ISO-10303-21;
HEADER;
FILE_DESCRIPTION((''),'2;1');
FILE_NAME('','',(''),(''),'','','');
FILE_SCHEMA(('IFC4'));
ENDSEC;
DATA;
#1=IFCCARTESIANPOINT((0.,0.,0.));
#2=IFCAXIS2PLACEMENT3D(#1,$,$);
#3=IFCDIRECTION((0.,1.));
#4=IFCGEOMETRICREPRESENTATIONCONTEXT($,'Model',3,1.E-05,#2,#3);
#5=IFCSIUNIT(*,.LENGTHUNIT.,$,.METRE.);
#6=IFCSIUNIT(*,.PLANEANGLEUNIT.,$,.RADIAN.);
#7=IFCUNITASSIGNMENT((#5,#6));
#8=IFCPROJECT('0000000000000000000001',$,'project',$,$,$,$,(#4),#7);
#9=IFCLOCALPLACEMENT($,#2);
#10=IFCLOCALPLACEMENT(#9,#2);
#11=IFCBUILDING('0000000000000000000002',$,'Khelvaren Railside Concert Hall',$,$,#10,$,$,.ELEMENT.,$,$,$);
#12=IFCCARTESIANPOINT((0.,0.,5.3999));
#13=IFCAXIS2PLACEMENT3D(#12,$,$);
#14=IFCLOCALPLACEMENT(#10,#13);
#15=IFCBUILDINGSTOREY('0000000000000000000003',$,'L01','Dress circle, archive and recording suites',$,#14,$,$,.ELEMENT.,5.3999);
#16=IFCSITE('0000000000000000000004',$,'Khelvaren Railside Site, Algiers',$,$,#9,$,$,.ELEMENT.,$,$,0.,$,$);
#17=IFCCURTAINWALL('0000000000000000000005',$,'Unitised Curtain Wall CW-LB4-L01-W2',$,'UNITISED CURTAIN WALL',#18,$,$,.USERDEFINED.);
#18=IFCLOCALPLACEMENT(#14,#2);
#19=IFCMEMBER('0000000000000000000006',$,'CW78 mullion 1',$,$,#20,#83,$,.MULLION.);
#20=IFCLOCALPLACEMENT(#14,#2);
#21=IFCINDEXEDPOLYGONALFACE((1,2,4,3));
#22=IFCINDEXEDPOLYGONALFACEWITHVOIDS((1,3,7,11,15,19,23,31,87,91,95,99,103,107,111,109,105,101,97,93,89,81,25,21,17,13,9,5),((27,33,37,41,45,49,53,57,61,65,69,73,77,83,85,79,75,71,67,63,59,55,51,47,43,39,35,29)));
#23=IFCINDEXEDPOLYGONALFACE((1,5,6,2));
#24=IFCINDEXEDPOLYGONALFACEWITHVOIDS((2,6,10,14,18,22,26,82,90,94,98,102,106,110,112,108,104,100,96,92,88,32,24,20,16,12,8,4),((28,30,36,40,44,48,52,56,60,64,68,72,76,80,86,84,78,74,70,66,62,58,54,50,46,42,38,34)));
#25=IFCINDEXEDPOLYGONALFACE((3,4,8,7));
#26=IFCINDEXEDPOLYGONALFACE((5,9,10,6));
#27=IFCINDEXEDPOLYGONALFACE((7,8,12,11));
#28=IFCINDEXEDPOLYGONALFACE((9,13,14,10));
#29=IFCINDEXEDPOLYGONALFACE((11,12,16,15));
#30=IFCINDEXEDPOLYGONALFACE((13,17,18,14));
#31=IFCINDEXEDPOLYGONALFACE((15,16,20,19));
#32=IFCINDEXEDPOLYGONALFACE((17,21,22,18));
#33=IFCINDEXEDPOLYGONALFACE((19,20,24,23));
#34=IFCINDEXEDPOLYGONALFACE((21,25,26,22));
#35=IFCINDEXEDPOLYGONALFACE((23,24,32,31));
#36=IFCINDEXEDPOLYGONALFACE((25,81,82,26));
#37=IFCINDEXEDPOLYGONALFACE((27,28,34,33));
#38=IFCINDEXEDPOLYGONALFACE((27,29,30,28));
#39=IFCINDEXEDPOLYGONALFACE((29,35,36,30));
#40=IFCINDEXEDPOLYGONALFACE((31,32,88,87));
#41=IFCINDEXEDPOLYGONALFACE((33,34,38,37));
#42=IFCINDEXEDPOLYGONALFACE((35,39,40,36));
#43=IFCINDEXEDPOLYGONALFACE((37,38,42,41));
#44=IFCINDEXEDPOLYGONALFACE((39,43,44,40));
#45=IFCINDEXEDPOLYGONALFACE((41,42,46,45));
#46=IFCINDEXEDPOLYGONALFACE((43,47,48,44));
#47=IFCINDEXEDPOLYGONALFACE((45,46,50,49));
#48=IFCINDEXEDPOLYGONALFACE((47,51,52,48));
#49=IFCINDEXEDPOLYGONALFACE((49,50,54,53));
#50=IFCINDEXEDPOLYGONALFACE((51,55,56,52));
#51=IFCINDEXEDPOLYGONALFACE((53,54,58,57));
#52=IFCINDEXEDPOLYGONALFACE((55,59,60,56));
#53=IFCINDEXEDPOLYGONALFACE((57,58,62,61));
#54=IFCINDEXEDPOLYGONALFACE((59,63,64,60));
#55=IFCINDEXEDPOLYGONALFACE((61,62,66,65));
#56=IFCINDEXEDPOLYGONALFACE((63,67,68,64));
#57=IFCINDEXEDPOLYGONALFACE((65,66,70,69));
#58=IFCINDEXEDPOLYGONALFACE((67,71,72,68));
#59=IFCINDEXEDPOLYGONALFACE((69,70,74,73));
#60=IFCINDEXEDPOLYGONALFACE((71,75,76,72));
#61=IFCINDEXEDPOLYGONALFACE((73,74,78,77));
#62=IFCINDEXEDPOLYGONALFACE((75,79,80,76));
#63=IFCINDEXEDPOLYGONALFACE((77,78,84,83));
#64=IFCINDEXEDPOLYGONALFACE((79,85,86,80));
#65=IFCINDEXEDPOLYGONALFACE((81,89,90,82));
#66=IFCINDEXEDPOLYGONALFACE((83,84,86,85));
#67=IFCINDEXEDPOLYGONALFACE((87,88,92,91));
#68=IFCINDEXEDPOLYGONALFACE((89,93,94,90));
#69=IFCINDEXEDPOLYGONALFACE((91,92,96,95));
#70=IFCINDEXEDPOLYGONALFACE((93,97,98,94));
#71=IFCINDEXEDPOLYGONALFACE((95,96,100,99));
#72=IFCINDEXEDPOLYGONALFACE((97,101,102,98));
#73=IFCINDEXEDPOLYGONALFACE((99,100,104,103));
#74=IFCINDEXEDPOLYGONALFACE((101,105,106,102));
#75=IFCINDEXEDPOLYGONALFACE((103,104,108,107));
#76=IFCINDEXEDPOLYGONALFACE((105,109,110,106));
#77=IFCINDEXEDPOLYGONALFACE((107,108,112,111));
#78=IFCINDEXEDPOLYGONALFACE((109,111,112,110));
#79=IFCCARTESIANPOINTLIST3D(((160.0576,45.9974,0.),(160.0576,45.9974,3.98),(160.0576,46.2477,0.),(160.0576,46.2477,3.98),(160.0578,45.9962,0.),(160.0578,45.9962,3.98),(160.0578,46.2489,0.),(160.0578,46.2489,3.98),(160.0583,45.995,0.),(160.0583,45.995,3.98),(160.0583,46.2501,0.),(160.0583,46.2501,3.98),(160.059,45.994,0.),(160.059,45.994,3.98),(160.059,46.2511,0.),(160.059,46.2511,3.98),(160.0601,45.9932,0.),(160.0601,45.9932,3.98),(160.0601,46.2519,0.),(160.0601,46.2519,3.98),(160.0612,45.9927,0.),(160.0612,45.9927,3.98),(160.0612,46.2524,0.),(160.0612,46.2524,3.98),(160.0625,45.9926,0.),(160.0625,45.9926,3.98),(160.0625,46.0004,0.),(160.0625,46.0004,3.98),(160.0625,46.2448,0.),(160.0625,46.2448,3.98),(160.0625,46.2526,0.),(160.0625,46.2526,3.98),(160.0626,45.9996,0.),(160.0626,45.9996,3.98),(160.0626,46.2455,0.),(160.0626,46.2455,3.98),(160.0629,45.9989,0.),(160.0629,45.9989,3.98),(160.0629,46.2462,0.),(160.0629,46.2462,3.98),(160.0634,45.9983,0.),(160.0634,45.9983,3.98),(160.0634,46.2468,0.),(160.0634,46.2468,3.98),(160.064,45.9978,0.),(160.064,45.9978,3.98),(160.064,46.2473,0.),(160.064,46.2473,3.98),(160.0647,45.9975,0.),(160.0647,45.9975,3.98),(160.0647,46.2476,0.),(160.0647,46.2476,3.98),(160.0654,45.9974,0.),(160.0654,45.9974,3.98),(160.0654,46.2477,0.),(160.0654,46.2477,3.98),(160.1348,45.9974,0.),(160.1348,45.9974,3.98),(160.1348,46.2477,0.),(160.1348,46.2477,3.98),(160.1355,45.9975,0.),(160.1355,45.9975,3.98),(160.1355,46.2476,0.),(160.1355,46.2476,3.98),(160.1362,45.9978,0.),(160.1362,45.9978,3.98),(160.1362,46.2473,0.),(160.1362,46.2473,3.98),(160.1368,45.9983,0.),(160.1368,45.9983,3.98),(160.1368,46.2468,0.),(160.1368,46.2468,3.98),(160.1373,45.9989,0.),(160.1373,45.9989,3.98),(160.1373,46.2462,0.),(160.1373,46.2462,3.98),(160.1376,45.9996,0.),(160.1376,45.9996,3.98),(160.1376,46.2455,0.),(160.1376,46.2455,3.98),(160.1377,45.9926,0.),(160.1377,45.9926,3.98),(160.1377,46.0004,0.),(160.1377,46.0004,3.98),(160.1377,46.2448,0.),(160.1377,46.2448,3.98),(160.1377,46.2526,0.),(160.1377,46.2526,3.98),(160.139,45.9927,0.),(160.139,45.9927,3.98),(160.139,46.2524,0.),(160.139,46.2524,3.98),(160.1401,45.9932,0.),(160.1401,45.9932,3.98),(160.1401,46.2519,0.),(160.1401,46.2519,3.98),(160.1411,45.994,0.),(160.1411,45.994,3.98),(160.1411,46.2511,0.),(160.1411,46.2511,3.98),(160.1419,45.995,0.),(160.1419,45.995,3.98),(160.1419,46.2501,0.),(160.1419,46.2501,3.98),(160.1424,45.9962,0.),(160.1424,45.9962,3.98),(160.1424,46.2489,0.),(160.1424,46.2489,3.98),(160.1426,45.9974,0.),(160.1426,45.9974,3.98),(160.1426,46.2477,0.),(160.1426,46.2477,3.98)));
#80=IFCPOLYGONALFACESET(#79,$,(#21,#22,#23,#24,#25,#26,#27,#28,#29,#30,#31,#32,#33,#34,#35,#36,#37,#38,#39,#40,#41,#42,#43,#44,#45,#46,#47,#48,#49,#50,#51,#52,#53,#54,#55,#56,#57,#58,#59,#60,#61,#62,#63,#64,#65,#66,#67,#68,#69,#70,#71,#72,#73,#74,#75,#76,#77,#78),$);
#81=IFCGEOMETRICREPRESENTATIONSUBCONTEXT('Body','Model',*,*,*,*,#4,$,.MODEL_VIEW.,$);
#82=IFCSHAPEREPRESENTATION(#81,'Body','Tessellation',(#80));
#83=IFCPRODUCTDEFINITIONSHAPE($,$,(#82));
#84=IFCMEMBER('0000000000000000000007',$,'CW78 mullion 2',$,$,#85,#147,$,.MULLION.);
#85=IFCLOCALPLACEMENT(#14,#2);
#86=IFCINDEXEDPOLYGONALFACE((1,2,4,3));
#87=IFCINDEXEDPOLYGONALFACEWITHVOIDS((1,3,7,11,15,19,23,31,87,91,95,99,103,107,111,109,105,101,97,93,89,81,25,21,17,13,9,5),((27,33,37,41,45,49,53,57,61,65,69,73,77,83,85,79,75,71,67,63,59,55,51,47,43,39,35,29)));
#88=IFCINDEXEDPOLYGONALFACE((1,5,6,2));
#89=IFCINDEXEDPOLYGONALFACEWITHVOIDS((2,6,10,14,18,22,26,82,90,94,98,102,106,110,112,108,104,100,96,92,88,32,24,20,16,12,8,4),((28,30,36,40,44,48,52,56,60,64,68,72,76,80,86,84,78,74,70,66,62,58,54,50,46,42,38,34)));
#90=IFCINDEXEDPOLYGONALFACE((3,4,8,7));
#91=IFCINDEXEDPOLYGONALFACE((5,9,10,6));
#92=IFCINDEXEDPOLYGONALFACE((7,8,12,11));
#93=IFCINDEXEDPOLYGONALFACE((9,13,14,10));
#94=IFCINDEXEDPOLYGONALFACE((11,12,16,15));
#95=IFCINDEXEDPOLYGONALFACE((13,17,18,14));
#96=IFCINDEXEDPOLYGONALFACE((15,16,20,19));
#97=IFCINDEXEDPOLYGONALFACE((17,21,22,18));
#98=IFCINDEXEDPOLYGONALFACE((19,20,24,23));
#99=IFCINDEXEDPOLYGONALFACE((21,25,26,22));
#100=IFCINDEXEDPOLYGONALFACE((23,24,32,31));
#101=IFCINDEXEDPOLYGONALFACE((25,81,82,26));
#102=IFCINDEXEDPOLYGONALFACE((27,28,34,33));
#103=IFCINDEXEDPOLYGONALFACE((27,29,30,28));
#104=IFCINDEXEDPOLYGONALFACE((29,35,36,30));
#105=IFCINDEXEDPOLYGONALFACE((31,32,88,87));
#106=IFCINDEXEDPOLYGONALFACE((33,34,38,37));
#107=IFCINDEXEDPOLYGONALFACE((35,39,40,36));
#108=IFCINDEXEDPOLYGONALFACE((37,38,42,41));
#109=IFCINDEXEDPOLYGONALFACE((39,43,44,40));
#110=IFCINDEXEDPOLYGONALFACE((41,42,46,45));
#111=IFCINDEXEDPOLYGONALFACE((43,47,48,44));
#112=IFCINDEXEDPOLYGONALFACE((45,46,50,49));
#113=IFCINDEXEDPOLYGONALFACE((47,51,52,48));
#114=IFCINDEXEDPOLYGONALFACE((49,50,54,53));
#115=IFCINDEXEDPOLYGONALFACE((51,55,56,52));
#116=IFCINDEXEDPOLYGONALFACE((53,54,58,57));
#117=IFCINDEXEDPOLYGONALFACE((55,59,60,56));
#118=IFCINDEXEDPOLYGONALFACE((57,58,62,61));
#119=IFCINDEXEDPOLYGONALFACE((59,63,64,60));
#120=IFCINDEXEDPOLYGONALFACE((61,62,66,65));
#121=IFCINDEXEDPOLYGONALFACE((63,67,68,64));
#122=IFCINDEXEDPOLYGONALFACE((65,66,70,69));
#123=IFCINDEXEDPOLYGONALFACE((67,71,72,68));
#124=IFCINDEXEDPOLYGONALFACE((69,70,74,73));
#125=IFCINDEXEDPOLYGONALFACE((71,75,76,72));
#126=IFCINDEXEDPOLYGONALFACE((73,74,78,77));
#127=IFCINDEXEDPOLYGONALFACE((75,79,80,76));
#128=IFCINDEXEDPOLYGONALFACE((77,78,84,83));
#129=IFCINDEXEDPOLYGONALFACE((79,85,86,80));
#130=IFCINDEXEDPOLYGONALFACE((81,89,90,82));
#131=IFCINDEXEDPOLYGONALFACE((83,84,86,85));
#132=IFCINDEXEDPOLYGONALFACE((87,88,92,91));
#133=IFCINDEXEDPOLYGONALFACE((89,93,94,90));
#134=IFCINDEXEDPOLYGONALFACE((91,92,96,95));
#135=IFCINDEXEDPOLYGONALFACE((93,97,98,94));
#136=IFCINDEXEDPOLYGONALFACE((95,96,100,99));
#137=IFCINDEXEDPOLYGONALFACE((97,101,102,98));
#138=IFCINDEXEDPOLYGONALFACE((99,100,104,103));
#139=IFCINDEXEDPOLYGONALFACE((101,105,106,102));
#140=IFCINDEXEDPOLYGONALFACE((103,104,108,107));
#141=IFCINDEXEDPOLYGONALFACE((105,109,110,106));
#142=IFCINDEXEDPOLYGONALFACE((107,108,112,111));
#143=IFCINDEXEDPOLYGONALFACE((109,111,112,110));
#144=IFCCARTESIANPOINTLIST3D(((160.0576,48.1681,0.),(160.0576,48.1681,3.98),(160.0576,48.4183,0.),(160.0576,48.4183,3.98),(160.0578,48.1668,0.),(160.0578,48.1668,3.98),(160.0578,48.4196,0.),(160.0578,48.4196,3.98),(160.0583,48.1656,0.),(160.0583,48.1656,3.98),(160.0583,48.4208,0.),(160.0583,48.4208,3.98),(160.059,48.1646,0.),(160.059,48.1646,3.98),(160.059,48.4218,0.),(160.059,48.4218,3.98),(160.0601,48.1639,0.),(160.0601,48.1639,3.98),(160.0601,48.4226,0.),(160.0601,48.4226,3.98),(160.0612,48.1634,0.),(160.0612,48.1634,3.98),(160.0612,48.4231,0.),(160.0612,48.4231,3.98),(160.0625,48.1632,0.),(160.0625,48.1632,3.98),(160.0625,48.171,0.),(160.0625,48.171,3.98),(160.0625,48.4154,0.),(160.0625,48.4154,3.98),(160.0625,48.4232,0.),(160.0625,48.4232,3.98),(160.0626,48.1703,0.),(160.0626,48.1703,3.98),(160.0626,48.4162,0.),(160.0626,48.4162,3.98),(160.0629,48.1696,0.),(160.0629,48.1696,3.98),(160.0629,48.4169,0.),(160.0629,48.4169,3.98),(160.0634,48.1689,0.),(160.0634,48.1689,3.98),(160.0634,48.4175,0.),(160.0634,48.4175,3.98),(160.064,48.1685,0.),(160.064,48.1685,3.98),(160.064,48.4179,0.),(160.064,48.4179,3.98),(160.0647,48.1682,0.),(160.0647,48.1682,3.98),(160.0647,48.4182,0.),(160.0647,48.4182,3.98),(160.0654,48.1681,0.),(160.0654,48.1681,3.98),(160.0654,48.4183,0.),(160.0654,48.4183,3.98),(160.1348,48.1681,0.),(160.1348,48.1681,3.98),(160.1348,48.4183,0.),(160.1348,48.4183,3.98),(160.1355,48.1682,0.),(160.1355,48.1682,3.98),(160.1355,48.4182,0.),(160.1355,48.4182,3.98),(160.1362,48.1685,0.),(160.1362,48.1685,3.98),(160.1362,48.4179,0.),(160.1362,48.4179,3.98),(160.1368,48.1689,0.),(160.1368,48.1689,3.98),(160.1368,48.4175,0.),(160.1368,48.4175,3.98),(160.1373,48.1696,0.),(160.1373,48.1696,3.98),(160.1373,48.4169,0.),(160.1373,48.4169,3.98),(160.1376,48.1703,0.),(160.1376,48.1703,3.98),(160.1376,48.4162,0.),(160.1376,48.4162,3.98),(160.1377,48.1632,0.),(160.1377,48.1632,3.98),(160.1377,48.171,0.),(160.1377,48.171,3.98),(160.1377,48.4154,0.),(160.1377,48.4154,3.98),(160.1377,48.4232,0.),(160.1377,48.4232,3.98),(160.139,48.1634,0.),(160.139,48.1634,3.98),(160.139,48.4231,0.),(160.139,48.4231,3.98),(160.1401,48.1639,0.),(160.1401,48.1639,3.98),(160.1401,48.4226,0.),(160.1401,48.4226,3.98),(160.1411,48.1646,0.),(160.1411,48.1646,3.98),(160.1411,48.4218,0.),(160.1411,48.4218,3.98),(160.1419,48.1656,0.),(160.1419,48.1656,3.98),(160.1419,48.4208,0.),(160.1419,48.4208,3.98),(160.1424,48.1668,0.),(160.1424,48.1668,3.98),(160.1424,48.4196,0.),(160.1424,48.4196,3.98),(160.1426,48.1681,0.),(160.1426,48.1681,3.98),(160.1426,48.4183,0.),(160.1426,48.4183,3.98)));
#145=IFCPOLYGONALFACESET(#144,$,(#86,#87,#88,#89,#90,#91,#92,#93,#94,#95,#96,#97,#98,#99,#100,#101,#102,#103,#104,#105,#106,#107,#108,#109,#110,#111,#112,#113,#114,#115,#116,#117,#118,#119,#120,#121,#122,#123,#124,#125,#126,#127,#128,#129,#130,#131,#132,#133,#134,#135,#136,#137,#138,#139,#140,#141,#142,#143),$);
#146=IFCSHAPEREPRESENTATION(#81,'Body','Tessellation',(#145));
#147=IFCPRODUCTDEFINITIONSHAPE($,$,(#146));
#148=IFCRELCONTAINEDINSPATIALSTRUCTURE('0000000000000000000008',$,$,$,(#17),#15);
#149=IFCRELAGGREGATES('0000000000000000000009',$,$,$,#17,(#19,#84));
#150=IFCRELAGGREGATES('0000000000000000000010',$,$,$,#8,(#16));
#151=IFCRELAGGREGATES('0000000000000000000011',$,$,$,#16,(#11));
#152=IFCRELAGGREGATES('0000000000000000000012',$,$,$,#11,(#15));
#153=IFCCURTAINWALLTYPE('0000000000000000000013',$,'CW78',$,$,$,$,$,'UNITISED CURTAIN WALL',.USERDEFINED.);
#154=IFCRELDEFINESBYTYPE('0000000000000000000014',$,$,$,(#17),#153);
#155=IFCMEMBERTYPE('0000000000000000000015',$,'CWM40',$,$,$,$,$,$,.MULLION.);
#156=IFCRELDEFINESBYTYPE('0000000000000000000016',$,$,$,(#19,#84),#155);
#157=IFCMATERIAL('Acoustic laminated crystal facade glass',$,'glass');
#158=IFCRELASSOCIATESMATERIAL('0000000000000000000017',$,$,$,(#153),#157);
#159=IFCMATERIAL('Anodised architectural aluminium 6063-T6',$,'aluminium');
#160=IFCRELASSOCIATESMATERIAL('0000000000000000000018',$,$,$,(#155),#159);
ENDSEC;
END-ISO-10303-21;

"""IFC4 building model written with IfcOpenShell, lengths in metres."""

from ifc_helpers import new_model, si_unit, direction, frame, origin, origin_2d, place, context, subcontext, project, spatial, hollow_rectangle, extrude, material, material_profile, profile_set, type_object, element, aggregate, save


model = new_model("IFC4")

# Units and contexts
model_context = context("Model", 3, precision=1e-05, world=origin(), true_north=direction((0.0, 1.0)))
body_context = subcontext(model_context, "Body", "Model", "MODEL_VIEW")
ifc_project = project(units=[si_unit("LENGTHUNIT", "METRE"), si_unit("PLANEANGLEUNIT", "RADIAN")], contexts=[model_context])

# Site, building, storey
site_placement = place(None, origin())
site = spatial("IfcSite", under=ifc_project, at=site_placement, Name="Khelvaren Railside Site, Algiers", CompositionType="ELEMENT", RefElevation=0.0)
building_placement = place(site_placement, origin())
building = spatial("IfcBuilding", under=site, at=building_placement, Name="Khelvaren Railside Concert Hall", CompositionType="ELEMENT")
storey_placement = place(building_placement, frame((0.0, 0.0, 5.3999)))
storey = spatial("IfcBuildingStorey", under=building, at=storey_placement, Name="L01", Description="Dress circle, archive and recording suites", CompositionType="ELEMENT", Elevation=5.3999)

# Curtain wall, members
ifc_material_1 = material(Name="Acoustic laminated crystal facade glass", Category="glass")
curtain_wall_type = type_object("IfcCurtainWallType", Name="CW78", ElementType="UNITISED CURTAIN WALL", PredefinedType="USERDEFINED", material=ifc_material_1)
curtain_wall_placement = place(storey_placement, origin())
curtain_wall = element("IfcCurtainWall", 1, at=curtain_wall_placement, inside=storey, type_object=curtain_wall_type, Name="Unitised Curtain Wall CW-LB4-L01-W2", ObjectType="UNITISED CURTAIN WALL", PredefinedType="USERDEFINED")
ifc_material_2 = material(Name="Anodised architectural aluminium 6063-T6", Category="aluminium")
ifc_material_profile_1 = material_profile(ifc_material_2, hollow_rectangle(XDim=0.085, YDim=0.26, WallThickness=0.0049, InnerFilletRadius=0.0029, OuterFilletRadius=0.0049, at=origin_2d()), Name="CWM 85x260x5")
ifc_profile_set_1 = profile_set([ifc_material_profile_1], Name="Anodised architectural aluminium 6063-T6")
member_type_1 = type_object("IfcMemberType", Name="CWM40", PredefinedType="MULLION", material=ifc_profile_set_1)
member_1_placement = place(storey_placement, frame((160.1001, 46.1226, 0.0), z_axis=(0.0, 0.0, 1.0), x_axis=(-1.0, 0.0, 0.0)))
member_1 = element("IfcMember", 2, at=member_1_placement, type_object=member_type_1, Name="CW78 mullion 1", PredefinedType="MULLION", context=body_context, shape_type="SweptSolid", body=[
    extrude(hollow_rectangle(XDim=0.085, YDim=0.26, WallThickness=0.0049, InnerFilletRadius=0.0029, OuterFilletRadius=0.0049, at=origin_2d()), origin(), (0.0, 0.0, 1.0), 3.98),
])
member_2_placement = place(storey_placement, frame((160.1001, 48.2932, 0.0), z_axis=(0.0, 0.0, 1.0), x_axis=(-1.0, 0.0, 0.0)))
member_2 = element("IfcMember", 3, at=member_2_placement, type_object=member_type_1, Name="CW78 mullion 2", PredefinedType="MULLION", context=body_context, shape_type="SweptSolid", body=[
    extrude(hollow_rectangle(XDim=0.085, YDim=0.26, WallThickness=0.0049, InnerFilletRadius=0.0029, OuterFilletRadius=0.0049, at=origin_2d()), origin(), (0.0, 0.0, 1.0), 3.98),
])

aggregate(curtain_wall, [member_1, member_2])

save(model, "model.ifc")
